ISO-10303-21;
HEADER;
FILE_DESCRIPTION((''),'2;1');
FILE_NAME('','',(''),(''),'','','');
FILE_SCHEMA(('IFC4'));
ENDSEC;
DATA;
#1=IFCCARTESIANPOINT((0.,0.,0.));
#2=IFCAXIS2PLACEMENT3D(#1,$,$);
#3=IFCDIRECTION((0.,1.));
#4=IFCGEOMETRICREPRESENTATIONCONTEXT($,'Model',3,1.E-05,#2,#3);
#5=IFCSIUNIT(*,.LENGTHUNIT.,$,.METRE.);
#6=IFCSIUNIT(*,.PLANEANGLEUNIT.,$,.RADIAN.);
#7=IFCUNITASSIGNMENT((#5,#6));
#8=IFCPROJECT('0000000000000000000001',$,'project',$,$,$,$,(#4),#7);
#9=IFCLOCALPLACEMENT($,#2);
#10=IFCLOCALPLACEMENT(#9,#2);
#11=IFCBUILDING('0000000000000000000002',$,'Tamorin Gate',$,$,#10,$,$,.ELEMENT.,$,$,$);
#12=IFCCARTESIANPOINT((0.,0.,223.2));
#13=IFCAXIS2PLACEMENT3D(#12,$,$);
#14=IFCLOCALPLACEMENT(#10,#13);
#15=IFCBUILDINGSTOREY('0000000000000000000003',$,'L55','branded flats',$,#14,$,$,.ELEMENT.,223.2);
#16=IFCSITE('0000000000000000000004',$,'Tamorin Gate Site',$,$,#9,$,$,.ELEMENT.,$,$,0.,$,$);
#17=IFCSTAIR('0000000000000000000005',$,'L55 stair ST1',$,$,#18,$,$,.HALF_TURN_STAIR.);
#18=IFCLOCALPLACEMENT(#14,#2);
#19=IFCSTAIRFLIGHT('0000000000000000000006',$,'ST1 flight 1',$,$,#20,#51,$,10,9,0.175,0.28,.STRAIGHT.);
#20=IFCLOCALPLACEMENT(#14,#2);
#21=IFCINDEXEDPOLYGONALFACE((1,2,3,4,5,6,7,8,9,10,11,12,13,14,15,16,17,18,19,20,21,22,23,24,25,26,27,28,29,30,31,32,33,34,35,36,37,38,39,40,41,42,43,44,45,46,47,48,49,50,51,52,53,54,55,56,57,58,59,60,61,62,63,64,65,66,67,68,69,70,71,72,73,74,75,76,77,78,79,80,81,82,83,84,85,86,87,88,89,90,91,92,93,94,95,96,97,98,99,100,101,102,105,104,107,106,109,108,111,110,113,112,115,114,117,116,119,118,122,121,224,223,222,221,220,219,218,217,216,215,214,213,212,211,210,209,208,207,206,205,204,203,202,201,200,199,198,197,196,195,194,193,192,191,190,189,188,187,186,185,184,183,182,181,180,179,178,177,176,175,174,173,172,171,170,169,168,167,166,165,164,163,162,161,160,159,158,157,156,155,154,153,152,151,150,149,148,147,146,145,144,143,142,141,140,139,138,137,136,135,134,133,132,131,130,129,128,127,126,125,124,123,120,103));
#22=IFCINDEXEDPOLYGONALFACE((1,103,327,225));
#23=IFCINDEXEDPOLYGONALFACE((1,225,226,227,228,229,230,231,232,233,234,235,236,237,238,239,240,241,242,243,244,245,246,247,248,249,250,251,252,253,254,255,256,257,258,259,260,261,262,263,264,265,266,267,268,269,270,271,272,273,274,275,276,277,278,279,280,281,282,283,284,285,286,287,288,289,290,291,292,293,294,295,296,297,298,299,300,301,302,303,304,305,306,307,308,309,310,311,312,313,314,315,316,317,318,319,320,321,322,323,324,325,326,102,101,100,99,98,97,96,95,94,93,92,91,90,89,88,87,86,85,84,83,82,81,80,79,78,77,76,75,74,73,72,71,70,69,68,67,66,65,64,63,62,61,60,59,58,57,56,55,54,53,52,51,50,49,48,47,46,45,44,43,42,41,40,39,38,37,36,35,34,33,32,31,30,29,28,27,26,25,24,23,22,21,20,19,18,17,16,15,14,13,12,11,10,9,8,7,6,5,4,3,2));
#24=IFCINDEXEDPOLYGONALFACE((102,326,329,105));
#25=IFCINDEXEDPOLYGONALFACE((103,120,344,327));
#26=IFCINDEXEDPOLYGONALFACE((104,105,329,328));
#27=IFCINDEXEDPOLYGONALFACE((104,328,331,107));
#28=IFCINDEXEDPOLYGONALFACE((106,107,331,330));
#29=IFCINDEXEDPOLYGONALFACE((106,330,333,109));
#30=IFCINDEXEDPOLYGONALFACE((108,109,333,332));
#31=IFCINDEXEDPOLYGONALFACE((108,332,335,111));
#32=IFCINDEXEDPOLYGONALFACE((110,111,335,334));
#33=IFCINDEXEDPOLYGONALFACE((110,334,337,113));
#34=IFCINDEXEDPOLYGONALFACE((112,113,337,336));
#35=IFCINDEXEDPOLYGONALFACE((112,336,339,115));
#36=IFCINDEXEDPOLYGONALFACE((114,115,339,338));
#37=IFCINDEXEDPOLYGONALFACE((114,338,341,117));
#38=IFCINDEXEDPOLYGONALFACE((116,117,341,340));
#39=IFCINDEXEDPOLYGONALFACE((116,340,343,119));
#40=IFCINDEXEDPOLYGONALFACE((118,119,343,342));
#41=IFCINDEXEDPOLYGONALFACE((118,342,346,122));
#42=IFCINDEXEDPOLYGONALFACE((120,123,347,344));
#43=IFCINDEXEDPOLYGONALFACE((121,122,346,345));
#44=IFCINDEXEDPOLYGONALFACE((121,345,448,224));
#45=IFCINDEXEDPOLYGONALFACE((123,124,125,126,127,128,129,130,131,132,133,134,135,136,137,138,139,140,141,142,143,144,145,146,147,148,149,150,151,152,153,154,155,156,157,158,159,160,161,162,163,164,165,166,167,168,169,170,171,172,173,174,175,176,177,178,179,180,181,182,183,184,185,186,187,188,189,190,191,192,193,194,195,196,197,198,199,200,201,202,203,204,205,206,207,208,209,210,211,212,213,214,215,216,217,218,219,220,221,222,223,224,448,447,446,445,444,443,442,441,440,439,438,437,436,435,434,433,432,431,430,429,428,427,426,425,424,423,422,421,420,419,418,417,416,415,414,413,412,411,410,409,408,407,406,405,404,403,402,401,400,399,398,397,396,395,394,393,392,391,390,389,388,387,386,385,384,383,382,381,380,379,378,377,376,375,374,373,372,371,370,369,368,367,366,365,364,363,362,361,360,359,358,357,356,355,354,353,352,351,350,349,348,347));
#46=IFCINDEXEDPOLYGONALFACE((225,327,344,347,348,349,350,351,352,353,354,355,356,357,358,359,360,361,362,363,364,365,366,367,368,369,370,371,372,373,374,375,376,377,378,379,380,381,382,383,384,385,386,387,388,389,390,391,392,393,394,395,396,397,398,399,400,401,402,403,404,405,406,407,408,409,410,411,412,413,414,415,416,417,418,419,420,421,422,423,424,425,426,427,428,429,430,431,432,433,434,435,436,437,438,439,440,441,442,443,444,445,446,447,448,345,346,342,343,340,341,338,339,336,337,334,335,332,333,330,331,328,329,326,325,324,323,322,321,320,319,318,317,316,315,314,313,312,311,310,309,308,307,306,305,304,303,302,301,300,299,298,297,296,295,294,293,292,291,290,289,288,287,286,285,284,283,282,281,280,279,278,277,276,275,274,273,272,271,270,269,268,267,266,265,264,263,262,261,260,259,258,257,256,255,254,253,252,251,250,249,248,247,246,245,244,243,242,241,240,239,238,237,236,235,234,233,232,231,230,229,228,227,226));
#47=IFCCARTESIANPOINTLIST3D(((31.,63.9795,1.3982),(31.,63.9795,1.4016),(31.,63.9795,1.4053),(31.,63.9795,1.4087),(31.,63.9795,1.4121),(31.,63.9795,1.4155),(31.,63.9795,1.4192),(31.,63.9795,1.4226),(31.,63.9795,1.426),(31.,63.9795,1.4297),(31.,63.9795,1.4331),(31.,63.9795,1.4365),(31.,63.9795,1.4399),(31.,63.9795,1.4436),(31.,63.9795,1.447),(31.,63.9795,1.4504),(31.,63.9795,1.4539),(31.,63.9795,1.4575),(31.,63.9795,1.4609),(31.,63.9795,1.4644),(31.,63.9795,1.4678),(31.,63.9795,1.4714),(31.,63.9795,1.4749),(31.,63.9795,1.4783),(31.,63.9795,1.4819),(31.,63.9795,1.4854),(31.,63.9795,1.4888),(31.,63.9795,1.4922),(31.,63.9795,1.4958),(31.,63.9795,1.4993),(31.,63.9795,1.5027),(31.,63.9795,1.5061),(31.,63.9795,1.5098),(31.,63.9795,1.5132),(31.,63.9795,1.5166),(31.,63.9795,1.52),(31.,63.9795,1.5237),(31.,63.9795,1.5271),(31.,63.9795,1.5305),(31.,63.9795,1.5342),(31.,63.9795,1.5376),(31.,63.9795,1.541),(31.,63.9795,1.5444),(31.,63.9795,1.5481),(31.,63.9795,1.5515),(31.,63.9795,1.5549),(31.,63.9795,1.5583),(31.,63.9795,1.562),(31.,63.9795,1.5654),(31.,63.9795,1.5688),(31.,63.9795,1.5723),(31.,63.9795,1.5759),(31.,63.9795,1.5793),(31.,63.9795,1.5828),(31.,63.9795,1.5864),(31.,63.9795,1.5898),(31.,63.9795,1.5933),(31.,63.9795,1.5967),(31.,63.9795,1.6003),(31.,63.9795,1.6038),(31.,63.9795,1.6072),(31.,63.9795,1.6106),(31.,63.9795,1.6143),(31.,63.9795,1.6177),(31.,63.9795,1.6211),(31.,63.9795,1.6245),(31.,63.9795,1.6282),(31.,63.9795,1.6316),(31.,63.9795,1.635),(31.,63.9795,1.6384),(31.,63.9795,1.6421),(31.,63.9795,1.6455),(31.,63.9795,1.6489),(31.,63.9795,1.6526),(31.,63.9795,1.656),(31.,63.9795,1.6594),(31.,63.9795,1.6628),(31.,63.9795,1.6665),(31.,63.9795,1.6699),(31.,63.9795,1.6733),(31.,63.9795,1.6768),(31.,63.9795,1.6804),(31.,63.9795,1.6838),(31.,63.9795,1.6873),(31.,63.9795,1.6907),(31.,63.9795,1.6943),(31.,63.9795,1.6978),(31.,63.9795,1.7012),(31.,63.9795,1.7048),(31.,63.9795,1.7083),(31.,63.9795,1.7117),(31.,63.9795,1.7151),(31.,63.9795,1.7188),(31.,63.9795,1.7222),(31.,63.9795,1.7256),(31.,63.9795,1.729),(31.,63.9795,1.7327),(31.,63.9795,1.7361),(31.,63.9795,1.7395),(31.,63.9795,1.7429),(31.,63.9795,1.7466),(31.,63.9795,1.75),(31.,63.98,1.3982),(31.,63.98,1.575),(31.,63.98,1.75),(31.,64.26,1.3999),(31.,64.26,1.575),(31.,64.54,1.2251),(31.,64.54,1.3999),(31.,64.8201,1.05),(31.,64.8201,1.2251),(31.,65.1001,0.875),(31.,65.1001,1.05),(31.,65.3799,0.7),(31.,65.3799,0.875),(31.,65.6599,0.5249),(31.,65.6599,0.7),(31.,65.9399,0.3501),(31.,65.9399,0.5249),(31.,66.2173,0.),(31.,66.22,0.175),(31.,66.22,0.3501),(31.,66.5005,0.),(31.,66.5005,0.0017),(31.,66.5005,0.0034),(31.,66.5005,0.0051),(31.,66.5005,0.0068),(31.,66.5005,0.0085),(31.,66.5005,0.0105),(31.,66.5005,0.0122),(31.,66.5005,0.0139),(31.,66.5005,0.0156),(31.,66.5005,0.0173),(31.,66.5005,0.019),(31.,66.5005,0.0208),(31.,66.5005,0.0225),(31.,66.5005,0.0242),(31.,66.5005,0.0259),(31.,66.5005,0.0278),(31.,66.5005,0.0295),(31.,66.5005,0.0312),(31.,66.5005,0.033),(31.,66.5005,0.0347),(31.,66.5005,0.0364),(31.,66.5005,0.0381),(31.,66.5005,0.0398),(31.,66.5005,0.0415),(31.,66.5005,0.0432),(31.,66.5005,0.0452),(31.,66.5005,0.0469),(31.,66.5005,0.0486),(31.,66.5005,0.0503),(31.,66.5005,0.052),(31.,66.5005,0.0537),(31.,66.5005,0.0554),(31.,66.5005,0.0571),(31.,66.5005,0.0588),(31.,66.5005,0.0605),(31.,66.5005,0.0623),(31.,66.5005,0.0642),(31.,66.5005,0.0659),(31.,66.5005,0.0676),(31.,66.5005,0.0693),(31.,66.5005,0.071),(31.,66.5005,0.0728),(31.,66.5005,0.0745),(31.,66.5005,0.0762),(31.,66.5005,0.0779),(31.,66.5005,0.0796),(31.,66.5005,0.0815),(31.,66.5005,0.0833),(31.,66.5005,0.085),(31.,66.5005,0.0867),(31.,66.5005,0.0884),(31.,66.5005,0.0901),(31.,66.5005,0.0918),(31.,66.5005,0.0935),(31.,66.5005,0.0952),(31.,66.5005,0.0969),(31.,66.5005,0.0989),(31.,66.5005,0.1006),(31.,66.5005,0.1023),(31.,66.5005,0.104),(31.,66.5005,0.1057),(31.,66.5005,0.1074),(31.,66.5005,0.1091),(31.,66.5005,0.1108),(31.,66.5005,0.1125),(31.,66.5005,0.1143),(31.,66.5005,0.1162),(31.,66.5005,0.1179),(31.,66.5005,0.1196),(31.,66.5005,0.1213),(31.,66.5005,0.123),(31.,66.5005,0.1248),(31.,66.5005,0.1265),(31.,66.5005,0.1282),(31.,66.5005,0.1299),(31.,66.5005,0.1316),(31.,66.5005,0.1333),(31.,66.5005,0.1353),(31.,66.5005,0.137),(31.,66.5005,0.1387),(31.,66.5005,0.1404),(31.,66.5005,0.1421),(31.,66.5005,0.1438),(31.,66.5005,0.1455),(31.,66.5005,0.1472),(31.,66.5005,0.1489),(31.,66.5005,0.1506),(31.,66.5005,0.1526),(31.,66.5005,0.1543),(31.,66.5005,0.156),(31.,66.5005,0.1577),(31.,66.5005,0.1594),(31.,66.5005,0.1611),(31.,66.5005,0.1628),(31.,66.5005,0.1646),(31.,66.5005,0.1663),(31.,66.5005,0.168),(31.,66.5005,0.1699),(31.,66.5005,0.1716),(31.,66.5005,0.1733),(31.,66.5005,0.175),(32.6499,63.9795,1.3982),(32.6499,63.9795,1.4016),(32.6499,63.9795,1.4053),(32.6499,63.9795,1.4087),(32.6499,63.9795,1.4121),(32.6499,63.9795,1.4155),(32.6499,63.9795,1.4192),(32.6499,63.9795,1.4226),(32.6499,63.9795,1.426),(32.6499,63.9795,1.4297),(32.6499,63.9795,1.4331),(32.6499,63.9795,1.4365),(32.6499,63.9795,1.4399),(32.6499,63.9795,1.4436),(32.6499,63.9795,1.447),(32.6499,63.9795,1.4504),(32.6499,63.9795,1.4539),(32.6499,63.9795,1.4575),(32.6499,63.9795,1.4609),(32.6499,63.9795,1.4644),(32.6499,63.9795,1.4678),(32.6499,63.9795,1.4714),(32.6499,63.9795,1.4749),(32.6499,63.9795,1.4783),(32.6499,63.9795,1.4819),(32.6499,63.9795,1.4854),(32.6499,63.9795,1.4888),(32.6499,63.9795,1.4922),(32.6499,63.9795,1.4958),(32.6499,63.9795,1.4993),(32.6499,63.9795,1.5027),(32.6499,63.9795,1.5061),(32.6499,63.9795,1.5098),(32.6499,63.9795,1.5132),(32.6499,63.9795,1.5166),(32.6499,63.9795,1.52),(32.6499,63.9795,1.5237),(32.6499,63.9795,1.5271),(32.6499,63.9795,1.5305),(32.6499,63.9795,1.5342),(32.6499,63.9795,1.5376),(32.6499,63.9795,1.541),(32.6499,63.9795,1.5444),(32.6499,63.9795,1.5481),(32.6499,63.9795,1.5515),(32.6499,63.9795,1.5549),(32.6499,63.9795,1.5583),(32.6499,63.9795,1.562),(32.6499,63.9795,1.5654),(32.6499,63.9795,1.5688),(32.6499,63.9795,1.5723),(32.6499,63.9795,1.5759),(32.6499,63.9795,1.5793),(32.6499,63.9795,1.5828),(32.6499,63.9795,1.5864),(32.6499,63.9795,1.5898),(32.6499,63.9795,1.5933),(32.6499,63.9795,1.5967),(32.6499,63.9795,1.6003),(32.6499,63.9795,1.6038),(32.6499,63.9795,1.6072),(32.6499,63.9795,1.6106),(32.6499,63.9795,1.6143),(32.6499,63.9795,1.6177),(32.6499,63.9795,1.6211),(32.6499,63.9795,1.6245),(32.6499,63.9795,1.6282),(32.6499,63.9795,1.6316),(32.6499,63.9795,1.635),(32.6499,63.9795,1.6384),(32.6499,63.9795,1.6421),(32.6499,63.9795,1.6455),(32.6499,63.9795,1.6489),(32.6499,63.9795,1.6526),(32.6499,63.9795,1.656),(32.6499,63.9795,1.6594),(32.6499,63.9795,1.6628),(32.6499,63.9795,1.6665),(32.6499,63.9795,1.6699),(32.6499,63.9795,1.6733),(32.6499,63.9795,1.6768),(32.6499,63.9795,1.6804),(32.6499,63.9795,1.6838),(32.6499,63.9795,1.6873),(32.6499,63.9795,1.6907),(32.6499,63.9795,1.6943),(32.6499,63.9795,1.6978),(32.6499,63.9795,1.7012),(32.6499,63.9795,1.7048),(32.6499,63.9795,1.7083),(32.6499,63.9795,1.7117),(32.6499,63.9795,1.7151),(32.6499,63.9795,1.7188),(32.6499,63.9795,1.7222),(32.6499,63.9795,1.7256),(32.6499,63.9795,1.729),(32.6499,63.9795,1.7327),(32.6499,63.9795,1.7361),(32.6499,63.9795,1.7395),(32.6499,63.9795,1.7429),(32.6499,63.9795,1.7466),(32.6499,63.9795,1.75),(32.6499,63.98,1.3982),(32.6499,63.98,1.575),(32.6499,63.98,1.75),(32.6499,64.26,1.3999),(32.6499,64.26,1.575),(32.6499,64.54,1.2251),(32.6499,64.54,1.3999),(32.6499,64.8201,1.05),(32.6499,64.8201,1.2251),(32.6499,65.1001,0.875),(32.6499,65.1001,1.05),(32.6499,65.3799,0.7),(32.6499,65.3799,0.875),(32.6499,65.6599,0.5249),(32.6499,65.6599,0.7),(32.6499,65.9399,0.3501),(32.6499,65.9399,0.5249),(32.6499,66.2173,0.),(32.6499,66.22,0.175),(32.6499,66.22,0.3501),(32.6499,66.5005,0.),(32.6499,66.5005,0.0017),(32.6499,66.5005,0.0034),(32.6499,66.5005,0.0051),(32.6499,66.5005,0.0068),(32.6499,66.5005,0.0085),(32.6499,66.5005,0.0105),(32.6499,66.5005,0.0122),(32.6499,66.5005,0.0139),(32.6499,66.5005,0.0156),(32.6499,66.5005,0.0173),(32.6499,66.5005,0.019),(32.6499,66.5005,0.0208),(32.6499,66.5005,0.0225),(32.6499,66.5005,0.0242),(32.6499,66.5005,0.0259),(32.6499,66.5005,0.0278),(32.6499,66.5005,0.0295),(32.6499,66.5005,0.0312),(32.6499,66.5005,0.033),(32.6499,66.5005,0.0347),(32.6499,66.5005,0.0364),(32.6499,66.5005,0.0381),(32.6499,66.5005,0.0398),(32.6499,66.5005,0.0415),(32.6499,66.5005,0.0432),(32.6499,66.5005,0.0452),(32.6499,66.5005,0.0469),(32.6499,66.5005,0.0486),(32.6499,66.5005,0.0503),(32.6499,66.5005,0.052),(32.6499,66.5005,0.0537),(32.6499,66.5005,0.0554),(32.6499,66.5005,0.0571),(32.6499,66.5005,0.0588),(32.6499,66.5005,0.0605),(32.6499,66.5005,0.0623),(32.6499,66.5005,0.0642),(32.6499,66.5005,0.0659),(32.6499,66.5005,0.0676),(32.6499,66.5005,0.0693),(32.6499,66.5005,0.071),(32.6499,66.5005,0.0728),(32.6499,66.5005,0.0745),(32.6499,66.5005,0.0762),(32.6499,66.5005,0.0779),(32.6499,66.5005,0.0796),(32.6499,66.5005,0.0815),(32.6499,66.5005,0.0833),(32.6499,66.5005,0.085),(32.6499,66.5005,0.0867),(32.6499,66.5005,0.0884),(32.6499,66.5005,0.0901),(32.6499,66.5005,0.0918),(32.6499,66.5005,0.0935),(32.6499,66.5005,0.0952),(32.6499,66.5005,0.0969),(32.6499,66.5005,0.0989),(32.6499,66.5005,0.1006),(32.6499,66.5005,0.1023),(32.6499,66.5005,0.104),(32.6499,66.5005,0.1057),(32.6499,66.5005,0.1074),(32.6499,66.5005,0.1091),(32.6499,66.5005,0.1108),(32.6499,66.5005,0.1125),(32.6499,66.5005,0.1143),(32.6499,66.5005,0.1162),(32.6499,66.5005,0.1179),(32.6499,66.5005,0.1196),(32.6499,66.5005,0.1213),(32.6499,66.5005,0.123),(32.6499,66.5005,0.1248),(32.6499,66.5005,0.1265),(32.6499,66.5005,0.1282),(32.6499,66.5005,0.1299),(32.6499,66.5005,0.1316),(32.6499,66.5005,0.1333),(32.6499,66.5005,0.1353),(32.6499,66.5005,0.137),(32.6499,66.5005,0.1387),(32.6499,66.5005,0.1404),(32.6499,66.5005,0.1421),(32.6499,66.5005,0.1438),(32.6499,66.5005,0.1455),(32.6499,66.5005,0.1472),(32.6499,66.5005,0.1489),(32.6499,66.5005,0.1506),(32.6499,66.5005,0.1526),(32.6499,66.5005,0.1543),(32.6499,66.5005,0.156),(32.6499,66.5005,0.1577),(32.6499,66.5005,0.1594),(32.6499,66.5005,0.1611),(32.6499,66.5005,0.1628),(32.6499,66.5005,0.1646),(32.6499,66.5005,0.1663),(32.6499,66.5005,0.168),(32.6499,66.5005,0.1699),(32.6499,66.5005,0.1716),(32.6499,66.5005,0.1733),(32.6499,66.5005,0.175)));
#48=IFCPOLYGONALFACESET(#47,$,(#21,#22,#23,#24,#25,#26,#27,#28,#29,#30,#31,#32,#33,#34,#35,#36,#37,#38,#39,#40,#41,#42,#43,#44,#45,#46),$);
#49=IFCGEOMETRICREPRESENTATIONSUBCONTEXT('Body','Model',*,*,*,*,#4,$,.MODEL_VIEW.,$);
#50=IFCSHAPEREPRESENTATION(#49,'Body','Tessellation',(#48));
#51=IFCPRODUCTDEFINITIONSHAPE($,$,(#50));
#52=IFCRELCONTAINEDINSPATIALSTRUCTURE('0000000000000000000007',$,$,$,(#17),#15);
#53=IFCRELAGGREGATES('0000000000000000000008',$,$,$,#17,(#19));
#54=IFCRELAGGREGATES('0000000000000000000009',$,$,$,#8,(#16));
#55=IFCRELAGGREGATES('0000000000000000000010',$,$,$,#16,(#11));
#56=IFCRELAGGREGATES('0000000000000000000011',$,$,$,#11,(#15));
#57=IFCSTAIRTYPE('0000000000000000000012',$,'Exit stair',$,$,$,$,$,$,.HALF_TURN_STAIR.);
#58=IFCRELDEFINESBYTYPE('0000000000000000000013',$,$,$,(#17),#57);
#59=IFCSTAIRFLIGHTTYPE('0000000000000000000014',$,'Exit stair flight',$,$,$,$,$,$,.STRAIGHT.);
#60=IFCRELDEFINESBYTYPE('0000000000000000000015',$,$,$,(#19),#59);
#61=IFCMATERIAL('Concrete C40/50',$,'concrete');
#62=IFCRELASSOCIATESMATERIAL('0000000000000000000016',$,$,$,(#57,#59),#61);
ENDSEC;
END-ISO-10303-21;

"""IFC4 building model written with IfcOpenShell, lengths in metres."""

from ifc_helpers import new_model, si_unit, direction, frame, origin, place, context, subcontext, project, spatial, polyline, outline, extrude, material, type_object, element, aggregate, save


model = new_model("IFC4")

# Units and contexts
model_context = context("Model", 3, precision=1e-05, world=origin(), true_north=direction((0.0, 1.0)))
body_context = subcontext(model_context, "Body", "Model", "MODEL_VIEW")
ifc_project = project(units=[si_unit("LENGTHUNIT", "METRE"), si_unit("PLANEANGLEUNIT", "RADIAN")], contexts=[model_context])

# Site, building, storey
site_placement = place(None, origin())
site = spatial("IfcSite", under=ifc_project, at=site_placement, Name="Tamorin Gate Site", CompositionType="ELEMENT", RefElevation=0.0)
building_placement = place(site_placement, origin())
building = spatial("IfcBuilding", under=site, at=building_placement, Name="Tamorin Gate", CompositionType="ELEMENT")
storey_placement = place(building_placement, frame((0.0, 0.0, 223.2)))
storey = spatial("IfcBuildingStorey", under=building, at=storey_placement, Name="L55", Description="branded flats", CompositionType="ELEMENT", Elevation=223.2)

# Shared definitions
ifc_material_1 = material(Name="Concrete C40/50", Category="concrete")

# Stair, stair flight
stair_type = type_object("IfcStairType", Name="Exit stair", PredefinedType="HALF_TURN_STAIR", material=ifc_material_1)
stair_1_placement = place(storey_placement, origin())
stair_1 = element("IfcStair", 1, at=stair_1_placement, inside=storey, type_object=stair_type, Name="L55 stair ST1", PredefinedType="HALF_TURN_STAIR")
stair_flight_type = type_object("IfcStairFlightType", Name="Exit stair flight", PredefinedType="STRAIGHT", material=ifc_material_1)
stair_flight_1_placement = place(storey_placement, frame((31.825, 66.5, 0.0), z_axis=(0.0, 0.0, 1.0), x_axis=(0.0, -1.0, 0.0)))
stair_flight_1 = element("IfcStairFlight", 2, at=stair_flight_1_placement, type_object=stair_flight_type, Name="ST1 flight 1", NumberOfRisers=10, NumberOfTreads=9, PredefinedType="STRAIGHT", RiserHeight=0.175, TreadLength=0.28, context=body_context, shape_type="SweptSolid", body=[
    extrude(outline(polyline([(-0.0005, 0.0), (-0.0005, 0.0017), (-0.0005, 0.0034), (-0.0005, 0.0051), (-0.0005, 0.0068), (-0.0005, 0.0085), (-0.0005, 0.0105), (-0.0005, 0.0122), (-0.0005, 0.0139), (-0.0005, 0.0156), (-0.0005, 0.0173), (-0.0005, 0.019), (-0.0005, 0.0208), (-0.0005, 0.0225), (-0.0005, 0.0242), (-0.0005, 0.0259), (-0.0005, 0.0278), (-0.0005, 0.0295), (-0.0005, 0.0312), (-0.0005, 0.033), (-0.0005, 0.0347), (-0.0005, 0.0364), (-0.0005, 0.0381), (-0.0005, 0.0398), (-0.0005, 0.0415), (-0.0005, 0.0432), (-0.0005, 0.0452), (-0.0005, 0.0469), (-0.0005, 0.0486), (-0.0005, 0.0503), (-0.0005, 0.052), (-0.0005, 0.0537), (-0.0005, 0.0554), (-0.0005, 0.0571), (-0.0005, 0.0588), (-0.0005, 0.0605), (-0.0005, 0.0623), (-0.0005, 0.0642), (-0.0005, 0.0659), (-0.0005, 0.0676), (-0.0005, 0.0693), (-0.0005, 0.071), (-0.0005, 0.0728), (-0.0005, 0.0745), (-0.0005, 0.0762), (-0.0005, 0.0779), (-0.0005, 0.0796), (-0.0005, 0.0815), (-0.0005, 0.0833), (-0.0005, 0.085), (-0.0005, 0.0867), (-0.0005, 0.0884), (-0.0005, 0.0901), (-0.0005, 0.0918), (-0.0005, 0.0935), (-0.0005, 0.0952), (-0.0005, 0.0969), (-0.0005, 0.0989), (-0.0005, 0.1006), (-0.0005, 0.1023), (-0.0005, 0.104), (-0.0005, 0.1057), (-0.0005, 0.1074), (-0.0005, 0.1091), (-0.0005, 0.1108), (-0.0005, 0.1125), (-0.0005, 0.1143), (-0.0005, 0.1162), (-0.0005, 0.1179), (-0.0005, 0.1196), (-0.0005, 0.1213), (-0.0005, 0.123), (-0.0005, 0.1248), (-0.0005, 0.1265), (-0.0005, 0.1282), (-0.0005, 0.1299), (-0.0005, 0.1316), (-0.0005, 0.1333), (-0.0005, 0.1353), (-0.0005, 0.137), (-0.0005, 0.1387), (-0.0005, 0.1404), (-0.0005, 0.1421), (-0.0005, 0.1438), (-0.0005, 0.1455), (-0.0005, 0.1472), (-0.0005, 0.1489), (-0.0005, 0.1506), (-0.0005, 0.1526), (-0.0005, 0.1543), (-0.0005, 0.156), (-0.0005, 0.1577), (-0.0005, 0.1594), (-0.0005, 0.1611), (-0.0005, 0.1628), (-0.0005, 0.1646), (-0.0005, 0.1663), (-0.0005, 0.168), (-0.0005, 0.1699), (-0.0005, 0.1716), (-0.0005, 0.1733), (-0.0005, 0.175), (0.28, 0.175), (0.28, 0.3501), (0.5601, 0.3501), (0.5601, 0.5249), (0.8401, 0.5249), (0.8401, 0.7), (1.1201, 0.7), (1.1201, 0.875), (1.3999, 0.875), (1.3999, 1.05), (1.6799, 1.05), (1.6799, 1.2251), (1.96, 1.2251), (1.96, 1.3999), (2.24, 1.3999), (2.24, 1.575), (2.52, 1.575), (2.52, 1.75), (2.5205, 1.75), (2.5205, 1.7466), (2.5205, 1.7429), (2.5205, 1.7395), (2.5205, 1.7361), (2.5205, 1.7327), (2.5205, 1.729), (2.5205, 1.7256), (2.5205, 1.7222), (2.5205, 1.7188), (2.5205, 1.7151), (2.5205, 1.7117), (2.5205, 1.7083), (2.5205, 1.7048), (2.5205, 1.7012), (2.5205, 1.6978), (2.5205, 1.6943), (2.5205, 1.6907), (2.5205, 1.6873), (2.5205, 1.6838), (2.5205, 1.6804), (2.5205, 1.6768), (2.5205, 1.6733), (2.5205, 1.6699), (2.5205, 1.6665), (2.5205, 1.6628), (2.5205, 1.6594), (2.5205, 1.656), (2.5205, 1.6526), (2.5205, 1.6489), (2.5205, 1.6455), (2.5205, 1.6421), (2.5205, 1.6384), (2.5205, 1.635), (2.5205, 1.6316), (2.5205, 1.6282), (2.5205, 1.6245), (2.5205, 1.6211), (2.5205, 1.6177), (2.5205, 1.6143), (2.5205, 1.6106), (2.5205, 1.6072), (2.5205, 1.6038), (2.5205, 1.6003), (2.5205, 1.5967), (2.5205, 1.5933), (2.5205, 1.5898), (2.5205, 1.5864), (2.5205, 1.5828), (2.5205, 1.5793), (2.5205, 1.5759), (2.5205, 1.5723), (2.5205, 1.5688), (2.5205, 1.5654), (2.5205, 1.562), (2.5205, 1.5583), (2.5205, 1.5549), (2.5205, 1.5515), (2.5205, 1.5481), (2.5205, 1.5444), (2.5205, 1.541), (2.5205, 1.5376), (2.5205, 1.5342), (2.5205, 1.5305), (2.5205, 1.5271), (2.5205, 1.5237), (2.5205, 1.52), (2.5205, 1.5166), (2.5205, 1.5132), (2.5205, 1.5098), (2.5205, 1.5061), (2.5205, 1.5027), (2.5205, 1.4993), (2.5205, 1.4958), (2.5205, 1.4922), (2.5205, 1.4888), (2.5205, 1.4854), (2.5205, 1.4819), (2.5205, 1.4783), (2.5205, 1.4749), (2.5205, 1.4714), (2.5205, 1.4678), (2.5205, 1.4644), (2.5205, 1.4609), (2.5205, 1.4575), (2.5205, 1.4539), (2.5205, 1.4504), (2.5205, 1.447), (2.5205, 1.4436), (2.5205, 1.4399), (2.5205, 1.4365), (2.5205, 1.4331), (2.5205, 1.4297), (2.5205, 1.426), (2.5205, 1.4226), (2.5205, 1.4192), (2.5205, 1.4155), (2.5205, 1.4121), (2.5205, 1.4087), (2.5205, 1.4053), (2.5205, 1.4016), (2.5205, 1.3982), (2.52, 1.3982), (0.2827, 0.0), (-0.0005, 0.0)])), frame((0.0, 0.825, 0.0), z_axis=(0.0, -1.0, 0.0), x_axis=(1.0, 0.0, 0.0)), (0.0, 0.0, 1.0), 1.6499),
])
aggregate(stair_1, [stair_flight_1])

save(model, "model.ifc")
